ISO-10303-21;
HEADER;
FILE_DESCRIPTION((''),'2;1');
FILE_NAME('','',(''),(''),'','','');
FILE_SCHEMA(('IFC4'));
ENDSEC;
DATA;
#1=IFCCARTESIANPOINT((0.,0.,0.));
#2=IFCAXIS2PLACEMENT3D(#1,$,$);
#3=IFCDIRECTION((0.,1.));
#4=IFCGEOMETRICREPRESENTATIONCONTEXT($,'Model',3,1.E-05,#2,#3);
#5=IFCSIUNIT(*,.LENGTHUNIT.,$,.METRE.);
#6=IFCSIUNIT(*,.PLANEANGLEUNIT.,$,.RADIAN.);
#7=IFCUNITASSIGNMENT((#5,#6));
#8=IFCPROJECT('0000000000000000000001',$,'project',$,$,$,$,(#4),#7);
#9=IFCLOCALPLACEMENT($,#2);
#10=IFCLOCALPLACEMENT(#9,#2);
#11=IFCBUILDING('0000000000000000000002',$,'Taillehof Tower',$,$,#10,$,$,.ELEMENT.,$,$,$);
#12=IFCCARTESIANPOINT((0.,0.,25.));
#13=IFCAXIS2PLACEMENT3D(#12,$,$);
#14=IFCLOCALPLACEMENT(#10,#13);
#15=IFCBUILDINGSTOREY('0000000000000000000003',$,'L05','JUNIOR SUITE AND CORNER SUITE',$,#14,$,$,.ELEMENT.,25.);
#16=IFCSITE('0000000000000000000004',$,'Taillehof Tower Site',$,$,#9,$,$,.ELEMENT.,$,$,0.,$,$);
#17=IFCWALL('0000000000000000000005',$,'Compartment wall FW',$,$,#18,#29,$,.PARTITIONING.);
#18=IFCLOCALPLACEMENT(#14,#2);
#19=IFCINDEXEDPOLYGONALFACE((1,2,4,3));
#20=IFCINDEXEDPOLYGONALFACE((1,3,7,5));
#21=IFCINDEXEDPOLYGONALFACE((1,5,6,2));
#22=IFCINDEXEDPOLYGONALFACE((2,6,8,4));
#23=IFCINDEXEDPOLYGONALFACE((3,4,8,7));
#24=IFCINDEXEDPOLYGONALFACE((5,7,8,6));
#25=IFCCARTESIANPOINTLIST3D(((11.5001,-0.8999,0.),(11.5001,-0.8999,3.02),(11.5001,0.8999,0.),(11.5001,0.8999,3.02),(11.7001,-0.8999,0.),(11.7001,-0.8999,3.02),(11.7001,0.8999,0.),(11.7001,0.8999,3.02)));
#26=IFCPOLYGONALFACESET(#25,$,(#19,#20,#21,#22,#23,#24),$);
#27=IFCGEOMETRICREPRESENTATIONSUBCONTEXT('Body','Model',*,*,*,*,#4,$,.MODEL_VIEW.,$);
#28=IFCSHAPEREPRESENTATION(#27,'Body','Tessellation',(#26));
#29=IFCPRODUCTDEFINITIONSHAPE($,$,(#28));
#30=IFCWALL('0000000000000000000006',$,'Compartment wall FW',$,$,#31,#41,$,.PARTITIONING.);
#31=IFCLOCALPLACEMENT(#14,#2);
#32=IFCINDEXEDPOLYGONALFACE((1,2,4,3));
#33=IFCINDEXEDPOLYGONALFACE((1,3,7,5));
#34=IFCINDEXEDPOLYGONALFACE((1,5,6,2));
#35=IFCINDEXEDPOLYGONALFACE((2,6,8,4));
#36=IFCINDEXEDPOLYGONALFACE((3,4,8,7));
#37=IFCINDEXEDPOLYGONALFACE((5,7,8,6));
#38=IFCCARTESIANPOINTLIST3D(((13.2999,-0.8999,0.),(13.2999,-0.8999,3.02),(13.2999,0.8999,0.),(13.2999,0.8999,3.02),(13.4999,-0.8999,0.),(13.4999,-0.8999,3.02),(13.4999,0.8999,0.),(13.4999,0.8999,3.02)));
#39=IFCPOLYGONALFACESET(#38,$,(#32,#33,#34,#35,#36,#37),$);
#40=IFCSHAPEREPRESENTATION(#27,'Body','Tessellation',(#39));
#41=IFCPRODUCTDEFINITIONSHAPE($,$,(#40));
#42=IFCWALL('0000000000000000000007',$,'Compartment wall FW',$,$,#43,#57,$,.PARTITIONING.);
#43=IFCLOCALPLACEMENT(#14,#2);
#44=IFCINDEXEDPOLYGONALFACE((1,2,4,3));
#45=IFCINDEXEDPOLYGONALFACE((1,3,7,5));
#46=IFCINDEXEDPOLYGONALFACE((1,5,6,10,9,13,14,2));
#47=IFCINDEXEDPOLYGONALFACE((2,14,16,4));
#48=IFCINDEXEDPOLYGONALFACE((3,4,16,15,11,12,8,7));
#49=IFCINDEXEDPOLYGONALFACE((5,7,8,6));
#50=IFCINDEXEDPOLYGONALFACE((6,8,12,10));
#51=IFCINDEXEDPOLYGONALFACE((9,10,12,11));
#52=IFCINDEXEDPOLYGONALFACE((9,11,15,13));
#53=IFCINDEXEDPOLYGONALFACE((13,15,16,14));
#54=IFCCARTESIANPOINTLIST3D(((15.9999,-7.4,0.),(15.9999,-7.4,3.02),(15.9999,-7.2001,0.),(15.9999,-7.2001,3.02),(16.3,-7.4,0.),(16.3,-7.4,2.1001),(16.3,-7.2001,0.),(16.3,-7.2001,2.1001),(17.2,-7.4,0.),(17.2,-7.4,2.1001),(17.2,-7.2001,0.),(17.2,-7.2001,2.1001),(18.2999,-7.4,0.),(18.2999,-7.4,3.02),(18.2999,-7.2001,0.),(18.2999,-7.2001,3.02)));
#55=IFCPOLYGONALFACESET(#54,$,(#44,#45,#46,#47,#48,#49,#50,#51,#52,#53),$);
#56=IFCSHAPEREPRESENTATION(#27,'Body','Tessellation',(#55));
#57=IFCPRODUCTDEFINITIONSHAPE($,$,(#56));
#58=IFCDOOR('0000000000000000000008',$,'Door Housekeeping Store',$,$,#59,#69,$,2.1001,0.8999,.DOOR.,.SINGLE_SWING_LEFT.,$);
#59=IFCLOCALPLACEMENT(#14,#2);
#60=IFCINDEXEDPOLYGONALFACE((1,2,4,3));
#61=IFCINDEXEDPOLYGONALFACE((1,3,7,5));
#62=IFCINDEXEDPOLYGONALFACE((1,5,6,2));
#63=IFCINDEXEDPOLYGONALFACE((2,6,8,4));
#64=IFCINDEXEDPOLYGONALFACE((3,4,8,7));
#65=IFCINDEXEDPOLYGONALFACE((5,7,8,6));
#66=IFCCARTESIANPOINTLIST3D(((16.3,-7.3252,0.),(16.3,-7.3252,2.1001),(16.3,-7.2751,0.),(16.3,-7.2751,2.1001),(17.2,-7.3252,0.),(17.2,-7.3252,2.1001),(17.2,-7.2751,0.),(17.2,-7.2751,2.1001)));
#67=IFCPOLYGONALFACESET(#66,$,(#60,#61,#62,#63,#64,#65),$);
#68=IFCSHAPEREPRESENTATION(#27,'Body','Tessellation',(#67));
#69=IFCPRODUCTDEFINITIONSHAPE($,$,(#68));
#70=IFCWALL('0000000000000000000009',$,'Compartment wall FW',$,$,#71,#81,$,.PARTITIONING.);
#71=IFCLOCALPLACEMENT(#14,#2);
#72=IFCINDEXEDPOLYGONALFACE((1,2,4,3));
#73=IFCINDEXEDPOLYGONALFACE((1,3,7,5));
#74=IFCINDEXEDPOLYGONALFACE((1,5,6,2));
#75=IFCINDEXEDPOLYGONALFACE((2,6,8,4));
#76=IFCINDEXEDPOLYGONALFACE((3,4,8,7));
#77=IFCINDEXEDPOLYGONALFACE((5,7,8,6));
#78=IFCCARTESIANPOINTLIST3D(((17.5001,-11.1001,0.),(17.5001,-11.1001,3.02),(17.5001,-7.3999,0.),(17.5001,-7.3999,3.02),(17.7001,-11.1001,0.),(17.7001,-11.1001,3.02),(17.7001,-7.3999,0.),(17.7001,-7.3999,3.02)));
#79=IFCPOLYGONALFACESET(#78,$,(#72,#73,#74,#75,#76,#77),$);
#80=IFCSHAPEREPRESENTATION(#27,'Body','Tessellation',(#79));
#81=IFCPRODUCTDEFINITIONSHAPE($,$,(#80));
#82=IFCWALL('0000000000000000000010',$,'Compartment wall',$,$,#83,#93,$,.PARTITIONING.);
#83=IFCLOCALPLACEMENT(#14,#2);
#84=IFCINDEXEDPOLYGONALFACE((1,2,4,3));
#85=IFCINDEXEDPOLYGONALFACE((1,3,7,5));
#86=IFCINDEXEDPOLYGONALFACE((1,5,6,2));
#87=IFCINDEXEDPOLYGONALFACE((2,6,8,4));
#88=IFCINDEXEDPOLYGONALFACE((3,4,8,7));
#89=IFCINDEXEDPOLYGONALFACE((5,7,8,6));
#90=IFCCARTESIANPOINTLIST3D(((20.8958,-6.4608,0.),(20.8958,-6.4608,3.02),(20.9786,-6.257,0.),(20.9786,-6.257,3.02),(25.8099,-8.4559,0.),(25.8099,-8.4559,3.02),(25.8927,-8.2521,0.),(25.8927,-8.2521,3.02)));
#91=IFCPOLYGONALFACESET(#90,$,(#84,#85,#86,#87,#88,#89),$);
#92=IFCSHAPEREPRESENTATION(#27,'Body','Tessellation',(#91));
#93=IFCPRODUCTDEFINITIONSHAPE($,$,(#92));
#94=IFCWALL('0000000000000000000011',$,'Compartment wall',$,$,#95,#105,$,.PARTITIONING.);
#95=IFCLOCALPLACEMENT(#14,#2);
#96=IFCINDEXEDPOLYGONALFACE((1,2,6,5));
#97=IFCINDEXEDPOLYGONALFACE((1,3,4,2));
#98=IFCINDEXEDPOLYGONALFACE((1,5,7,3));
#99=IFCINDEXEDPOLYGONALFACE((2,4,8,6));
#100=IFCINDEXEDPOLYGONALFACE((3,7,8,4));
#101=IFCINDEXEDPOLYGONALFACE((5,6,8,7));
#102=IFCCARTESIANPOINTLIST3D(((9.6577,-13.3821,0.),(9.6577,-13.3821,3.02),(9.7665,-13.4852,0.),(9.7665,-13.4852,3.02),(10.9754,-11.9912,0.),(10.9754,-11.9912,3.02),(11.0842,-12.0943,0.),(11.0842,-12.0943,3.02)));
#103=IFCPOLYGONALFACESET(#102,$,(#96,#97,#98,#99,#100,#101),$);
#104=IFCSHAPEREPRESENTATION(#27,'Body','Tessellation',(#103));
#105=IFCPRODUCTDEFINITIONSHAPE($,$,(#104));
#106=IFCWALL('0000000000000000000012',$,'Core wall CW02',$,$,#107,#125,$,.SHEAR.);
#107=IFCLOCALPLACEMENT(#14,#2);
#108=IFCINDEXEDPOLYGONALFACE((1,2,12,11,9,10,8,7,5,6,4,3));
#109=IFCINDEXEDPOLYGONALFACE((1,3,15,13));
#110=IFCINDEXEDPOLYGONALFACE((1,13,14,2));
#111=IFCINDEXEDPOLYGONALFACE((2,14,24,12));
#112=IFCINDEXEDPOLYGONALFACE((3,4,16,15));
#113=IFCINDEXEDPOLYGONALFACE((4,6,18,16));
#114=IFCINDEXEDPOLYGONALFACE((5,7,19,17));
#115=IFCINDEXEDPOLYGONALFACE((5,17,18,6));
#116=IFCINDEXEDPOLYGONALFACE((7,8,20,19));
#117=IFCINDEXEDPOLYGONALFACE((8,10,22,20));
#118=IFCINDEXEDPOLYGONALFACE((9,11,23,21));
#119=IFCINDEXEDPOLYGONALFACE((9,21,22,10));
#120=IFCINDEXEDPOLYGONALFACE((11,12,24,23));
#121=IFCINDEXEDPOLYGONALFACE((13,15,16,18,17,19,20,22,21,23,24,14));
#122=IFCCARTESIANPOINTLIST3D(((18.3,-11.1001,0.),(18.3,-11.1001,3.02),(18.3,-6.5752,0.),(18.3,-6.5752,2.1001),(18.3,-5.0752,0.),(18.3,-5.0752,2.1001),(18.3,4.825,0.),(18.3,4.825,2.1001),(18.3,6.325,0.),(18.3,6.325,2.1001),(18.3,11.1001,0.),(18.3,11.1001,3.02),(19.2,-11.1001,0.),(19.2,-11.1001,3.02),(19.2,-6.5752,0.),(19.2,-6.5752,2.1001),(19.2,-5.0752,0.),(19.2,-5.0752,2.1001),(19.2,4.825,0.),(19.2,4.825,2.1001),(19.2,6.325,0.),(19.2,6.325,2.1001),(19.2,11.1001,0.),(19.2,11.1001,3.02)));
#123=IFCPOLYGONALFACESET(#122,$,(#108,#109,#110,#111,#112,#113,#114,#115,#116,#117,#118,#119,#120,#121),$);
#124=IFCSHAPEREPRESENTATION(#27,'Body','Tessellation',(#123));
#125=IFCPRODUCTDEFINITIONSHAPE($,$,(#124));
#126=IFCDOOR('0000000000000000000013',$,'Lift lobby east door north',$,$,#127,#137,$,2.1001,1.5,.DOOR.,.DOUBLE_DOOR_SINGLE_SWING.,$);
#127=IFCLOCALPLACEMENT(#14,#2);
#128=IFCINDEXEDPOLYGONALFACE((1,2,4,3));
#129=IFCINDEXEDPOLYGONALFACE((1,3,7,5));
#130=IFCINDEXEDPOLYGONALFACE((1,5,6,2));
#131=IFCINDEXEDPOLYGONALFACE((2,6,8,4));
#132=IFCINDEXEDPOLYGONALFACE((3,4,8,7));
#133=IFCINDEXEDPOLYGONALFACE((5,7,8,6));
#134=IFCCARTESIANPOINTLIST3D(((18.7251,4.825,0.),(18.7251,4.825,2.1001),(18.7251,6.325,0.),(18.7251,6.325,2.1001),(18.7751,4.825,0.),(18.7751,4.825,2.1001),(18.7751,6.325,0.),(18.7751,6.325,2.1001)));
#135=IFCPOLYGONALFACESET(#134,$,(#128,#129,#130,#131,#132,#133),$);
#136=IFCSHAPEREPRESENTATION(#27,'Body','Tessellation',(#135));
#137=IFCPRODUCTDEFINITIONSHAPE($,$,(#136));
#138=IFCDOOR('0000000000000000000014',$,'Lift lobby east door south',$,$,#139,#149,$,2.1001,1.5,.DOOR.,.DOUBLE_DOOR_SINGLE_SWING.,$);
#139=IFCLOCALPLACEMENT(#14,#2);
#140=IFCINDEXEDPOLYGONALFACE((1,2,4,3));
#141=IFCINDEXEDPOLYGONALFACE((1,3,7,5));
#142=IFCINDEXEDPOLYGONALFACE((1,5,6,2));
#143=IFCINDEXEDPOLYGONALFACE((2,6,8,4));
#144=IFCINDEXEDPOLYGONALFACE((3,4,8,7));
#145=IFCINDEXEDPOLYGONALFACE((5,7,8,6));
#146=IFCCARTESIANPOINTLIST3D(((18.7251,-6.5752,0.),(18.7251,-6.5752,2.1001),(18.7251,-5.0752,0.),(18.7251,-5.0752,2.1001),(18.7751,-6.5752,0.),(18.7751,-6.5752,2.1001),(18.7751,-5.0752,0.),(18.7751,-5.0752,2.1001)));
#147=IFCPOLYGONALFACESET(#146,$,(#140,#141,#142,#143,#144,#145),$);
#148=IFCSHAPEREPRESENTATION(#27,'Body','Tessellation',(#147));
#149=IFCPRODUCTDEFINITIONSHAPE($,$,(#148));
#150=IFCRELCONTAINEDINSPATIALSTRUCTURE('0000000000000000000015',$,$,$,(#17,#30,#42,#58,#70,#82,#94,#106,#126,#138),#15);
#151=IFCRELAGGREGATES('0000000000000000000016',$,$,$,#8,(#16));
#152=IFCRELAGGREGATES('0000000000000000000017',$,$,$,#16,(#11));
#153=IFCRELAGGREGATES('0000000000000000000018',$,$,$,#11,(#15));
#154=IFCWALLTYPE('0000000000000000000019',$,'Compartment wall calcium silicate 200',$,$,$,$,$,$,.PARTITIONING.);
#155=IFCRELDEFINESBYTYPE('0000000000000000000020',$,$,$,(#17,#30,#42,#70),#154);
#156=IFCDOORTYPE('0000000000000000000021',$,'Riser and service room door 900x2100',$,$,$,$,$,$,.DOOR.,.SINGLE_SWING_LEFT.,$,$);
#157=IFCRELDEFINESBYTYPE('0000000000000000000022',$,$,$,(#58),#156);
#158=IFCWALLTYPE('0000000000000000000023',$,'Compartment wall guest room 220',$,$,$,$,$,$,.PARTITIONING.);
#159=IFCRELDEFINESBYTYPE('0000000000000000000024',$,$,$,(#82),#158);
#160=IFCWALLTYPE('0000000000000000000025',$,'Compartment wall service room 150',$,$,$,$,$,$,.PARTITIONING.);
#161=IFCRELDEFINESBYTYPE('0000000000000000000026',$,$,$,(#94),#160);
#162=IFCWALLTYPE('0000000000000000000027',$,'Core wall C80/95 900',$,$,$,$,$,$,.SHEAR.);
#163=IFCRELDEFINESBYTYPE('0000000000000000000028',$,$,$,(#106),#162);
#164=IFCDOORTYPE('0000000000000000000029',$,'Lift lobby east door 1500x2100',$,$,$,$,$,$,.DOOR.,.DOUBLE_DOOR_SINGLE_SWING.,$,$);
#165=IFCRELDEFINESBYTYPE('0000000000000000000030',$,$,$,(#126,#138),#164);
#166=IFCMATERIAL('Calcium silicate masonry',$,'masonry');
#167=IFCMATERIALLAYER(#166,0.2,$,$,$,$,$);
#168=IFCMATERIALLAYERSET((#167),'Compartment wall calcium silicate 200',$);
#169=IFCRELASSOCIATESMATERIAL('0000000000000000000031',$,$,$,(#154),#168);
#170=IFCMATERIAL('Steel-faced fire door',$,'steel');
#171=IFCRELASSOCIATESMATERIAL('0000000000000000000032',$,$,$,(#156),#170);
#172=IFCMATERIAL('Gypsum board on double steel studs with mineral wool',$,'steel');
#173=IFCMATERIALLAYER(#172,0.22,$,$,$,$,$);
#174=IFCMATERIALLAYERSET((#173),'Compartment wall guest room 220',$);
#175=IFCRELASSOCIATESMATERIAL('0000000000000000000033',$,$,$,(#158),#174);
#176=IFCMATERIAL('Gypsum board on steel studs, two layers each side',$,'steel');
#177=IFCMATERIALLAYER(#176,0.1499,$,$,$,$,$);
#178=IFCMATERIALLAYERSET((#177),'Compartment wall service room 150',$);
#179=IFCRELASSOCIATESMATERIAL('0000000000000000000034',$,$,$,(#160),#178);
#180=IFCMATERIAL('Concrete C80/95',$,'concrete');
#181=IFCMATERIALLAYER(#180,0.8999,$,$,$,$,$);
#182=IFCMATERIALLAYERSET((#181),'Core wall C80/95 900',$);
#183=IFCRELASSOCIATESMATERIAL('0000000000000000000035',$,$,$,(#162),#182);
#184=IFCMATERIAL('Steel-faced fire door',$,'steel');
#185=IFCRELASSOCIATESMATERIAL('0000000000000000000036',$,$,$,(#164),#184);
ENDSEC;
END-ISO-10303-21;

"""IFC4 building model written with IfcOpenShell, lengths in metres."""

from ifc_helpers import new_model, si_unit, direction, frame, frame_2d, origin, place, context, subcontext, project, spatial, rectangle, extrude, material, layer, layer_set, type_object, element, fill, save


model = new_model("IFC4")

# Units and contexts
model_context = context("Model", 3, precision=1e-05, world=origin(), true_north=direction((0.0, 1.0)))
body_context = subcontext(model_context, "Body", "Model", "MODEL_VIEW")
ifc_project = project(units=[si_unit("LENGTHUNIT", "METRE"), si_unit("PLANEANGLEUNIT", "RADIAN")], contexts=[model_context])

# Site, building, storey
site_placement = place(None, origin())
site = spatial("IfcSite", under=ifc_project, at=site_placement, Name="Taillehof Tower Site", CompositionType="ELEMENT", RefElevation=0.0)
building_placement = place(site_placement, origin())
building = spatial("IfcBuilding", under=site, at=building_placement, Name="Taillehof Tower", CompositionType="ELEMENT")
storey_placement = place(building_placement, frame((0.0, 0.0, 25.0)))
storey = spatial("IfcBuildingStorey", under=building, at=storey_placement, Name="L05", Description="JUNIOR SUITE AND CORNER SUITE", CompositionType="ELEMENT", Elevation=25.0)

# Walls
ifc_material_1 = material(Name="Calcium silicate masonry", Category="masonry")
ifc_layer_1 = layer(ifc_material_1, 0.2)
ifc_layer_set_1 = layer_set([ifc_layer_1], Name="Compartment wall calcium silicate 200")
wall_type_1 = type_object("IfcWallType", Name="Compartment wall calcium silicate 200", PredefinedType="PARTITIONING", material=ifc_layer_set_1)
for number, where, z_axis, x_axis, name in (
    (1, (11.6001, -0.8999, 0.0), (0.0, 0.0, 1.0), (0.0, 1.0, 0.0), "Compartment wall FW"),
    (2, (13.3999, -0.8999, 0.0), (0.0, 0.0, 1.0), (0.0, 1.0, 0.0), "Compartment wall FW"),
):
    element("IfcWall", number, at=place(storey_placement, frame(where, z_axis=z_axis, x_axis=x_axis)), inside=storey, type_object=wall_type_1, Name=name, PredefinedType="PARTITIONING", context=body_context, shape_type="SweptSolid", body=[
        extrude(rectangle(XDim=1.7998, YDim=0.2, at=frame_2d((0.8999, 0.0))), origin(), (0.0, 0.0, 1.0), 3.02),
    ])

# Wall, opening, door
wall_1_placement = place(storey_placement, frame((16.0, -7.3, 0.0), z_axis=(0.0, 0.0, 1.0), x_axis=(1.0, 0.0, 0.0)))
wall_1 = element("IfcWall", 3, at=wall_1_placement, inside=storey, type_object=wall_type_1, Name="Compartment wall FW", PredefinedType="PARTITIONING", context=body_context, shape_type="SweptSolid", body=[
    extrude(rectangle(XDim=2.3, YDim=0.2, at=frame_2d((1.1499, 0.0))), origin(), (0.0, 0.0, 1.0), 3.02),
])
opening_1_placement = place(wall_1_placement, frame((0.3, 0.0, 0.0)))
opening_1 = element("IfcOpeningElement", 4, at=opening_1_placement, cuts=wall_1, PredefinedType="OPENING", context=body_context, shape_type="SweptSolid", body=[
    extrude(rectangle(XDim=0.8999, YDim=2.1001, at=frame_2d((0.45, 1.05))), frame((0.0, 0.1099, 0.0), z_axis=(0.0, -1.0, 0.0), x_axis=(1.0, 0.0, 0.0)), (0.0, 0.0, 1.0), 0.22),
])
ifc_material_2 = material(Name="Steel-faced fire door", Category="steel")
door_type_1 = type_object("IfcDoorType", Name="Riser and service room door 900x2100", OperationType="SINGLE_SWING_LEFT", PredefinedType="DOOR", material=ifc_material_2)
door_1_placement = place(opening_1_placement, origin())
door_1 = element("IfcDoor", 5, at=door_1_placement, inside=storey, type_object=door_type_1, Name="Door Housekeeping Store", OperationType="SINGLE_SWING_LEFT", OverallHeight=2.1001, OverallWidth=0.8999, PredefinedType="DOOR", context=body_context, shape_type="SweptSolid", body=[
    extrude(rectangle(XDim=0.8999, YDim=2.1001, at=frame_2d((0.45, 1.05))), frame((0.0, 0.0249, 0.0), z_axis=(0.0, -1.0, 0.0), x_axis=(1.0, 0.0, 0.0)), (0.0, 0.0, 1.0), 0.05),
])
fill(opening_1, door_1)

# Walls
wall_2_placement = place(storey_placement, frame((17.6001, -11.1001, 0.0), z_axis=(0.0, 0.0, 1.0), x_axis=(0.0, 1.0, 0.0)))
element("IfcWall", 6, at=wall_2_placement, inside=storey, type_object=wall_type_1, Name="Compartment wall FW", PredefinedType="PARTITIONING", context=body_context, shape_type="SweptSolid", body=[
    extrude(rectangle(XDim=3.7002, YDim=0.2, at=frame_2d((1.8501, 0.0))), origin(), (0.0, 0.0, 1.0), 3.02),
])
ifc_material_3 = material(Name="Gypsum board on double steel studs with mineral wool", Category="steel")
ifc_layer_2 = layer(ifc_material_3, 0.22)
ifc_layer_set_2 = layer_set([ifc_layer_2], Name="Compartment wall guest room 220")
wall_type_2 = type_object("IfcWallType", Name="Compartment wall guest room 220", PredefinedType="PARTITIONING", material=ifc_layer_set_2)
wall_3_placement = place(storey_placement, frame((25.8513, -8.354, 0.0), z_axis=(0.0, 0.0, 1.0), x_axis=(-0.926547, 0.376179, 0.0)))
element("IfcWall", 7, at=wall_3_placement, inside=storey, type_object=wall_type_2, Name="Compartment wall", PredefinedType="PARTITIONING", context=body_context, shape_type="SweptSolid", body=[
    extrude(rectangle(XDim=5.3037, YDim=0.22, at=frame_2d((2.6519, 0.0))), origin(), (0.0, 0.0, 1.0), 3.02),
])
ifc_material_4 = material(Name="Gypsum board on steel studs, two layers each side", Category="steel")
ifc_layer_3 = layer(ifc_material_4, 0.1499)
ifc_layer_set_3 = layer_set([ifc_layer_3], Name="Compartment wall service room 150")
wall_type_3 = type_object("IfcWallType", Name="Compartment wall service room 150", PredefinedType="PARTITIONING", material=ifc_layer_set_3)
wall_4_placement = place(storey_placement, frame((11.0298, -12.0427, 0.0), z_axis=(0.0, 0.0, 1.0), x_axis=(-0.687734, -0.725963, 0.0)))
element("IfcWall", 8, at=wall_4_placement, inside=storey, type_object=wall_type_3, Name="Compartment wall", PredefinedType="PARTITIONING", context=body_context, shape_type="SweptSolid", body=[
    extrude(rectangle(XDim=1.916, YDim=0.1499, at=frame_2d((0.958, 0.0))), origin(), (0.0, 0.0, 1.0), 3.02),
])

# Wall, openings, doors
ifc_material_5 = material(Name="Concrete C80/95", Category="concrete")
ifc_layer_4 = layer(ifc_material_5, 0.8999)
ifc_layer_set_4 = layer_set([ifc_layer_4], Name="Core wall C80/95 900")
wall_type_4 = type_object("IfcWallType", Name="Core wall C80/95 900", PredefinedType="SHEAR", material=ifc_layer_set_4)
wall_5_placement = place(storey_placement, frame((18.75, -11.1001, 0.0), z_axis=(0.0, 0.0, 1.0), x_axis=(0.0, 1.0, 0.0)))
wall_5 = element("IfcWall", 9, at=wall_5_placement, inside=storey, type_object=wall_type_4, Name="Core wall CW02", PredefinedType="SHEAR", context=body_context, shape_type="SweptSolid", body=[
    extrude(rectangle(XDim=22.2002, YDim=0.8999, at=frame_2d((11.1001, 0.0))), origin(), (0.0, 0.0, 1.0), 3.02),
])
opening_2_placement = place(wall_5_placement, frame((15.925, 0.0, 0.0)))
opening_2 = element("IfcOpeningElement", 10, at=opening_2_placement, cuts=wall_5, PredefinedType="OPENING", context=body_context, shape_type="SweptSolid", body=[
    extrude(rectangle(XDim=1.5, YDim=2.1001, at=frame_2d((0.75, 1.05))), frame((0.0, 0.46, 0.0), z_axis=(0.0, -1.0, 0.0), x_axis=(1.0, 0.0, 0.0)), (0.0, 0.0, 1.0), 0.9199),
])
opening_3_placement = place(wall_5_placement, frame((4.5249, 0.0, 0.0)))
opening_3 = element("IfcOpeningElement", 11, at=opening_3_placement, cuts=wall_5, PredefinedType="OPENING", context=body_context, shape_type="SweptSolid", body=[
    extrude(rectangle(XDim=1.5, YDim=2.1001, at=frame_2d((0.75, 1.05))), frame((0.0, 0.46, 0.0), z_axis=(0.0, -1.0, 0.0), x_axis=(1.0, 0.0, 0.0)), (0.0, 0.0, 1.0), 0.9199),
])
ifc_material_6 = material(Name="Steel-faced fire door", Category="steel")
door_type_2 = type_object("IfcDoorType", Name="Lift lobby east door 1500x2100", OperationType="DOUBLE_DOOR_SINGLE_SWING", PredefinedType="DOOR", material=ifc_material_6)
door_2_placement = place(opening_2_placement, origin())
door_2 = element("IfcDoor", 12, at=door_2_placement, inside=storey, type_object=door_type_2, Name="Lift lobby east door north", OperationType="DOUBLE_DOOR_SINGLE_SWING", OverallHeight=2.1001, OverallWidth=1.5, PredefinedType="DOOR", context=body_context, shape_type="SweptSolid", body=[
    extrude(rectangle(XDim=1.5, YDim=2.1001, at=frame_2d((0.75, 1.05))), frame((0.0, 0.0249, 0.0), z_axis=(0.0, -1.0, 0.0), x_axis=(1.0, 0.0, 0.0)), (0.0, 0.0, 1.0), 0.05),
])
fill(opening_2, door_2)
door_3_placement = place(opening_3_placement, origin())
door_3 = element("IfcDoor", 13, at=door_3_placement, inside=storey, type_object=door_type_2, Name="Lift lobby east door south", OperationType="DOUBLE_DOOR_SINGLE_SWING", OverallHeight=2.1001, OverallWidth=1.5, PredefinedType="DOOR", context=body_context, shape_type="SweptSolid", body=[
    extrude(rectangle(XDim=1.5, YDim=2.1001, at=frame_2d((0.75, 1.05))), frame((0.0, 0.0249, 0.0), z_axis=(0.0, -1.0, 0.0), x_axis=(1.0, 0.0, 0.0)), (0.0, 0.0, 1.0), 0.05),
])
fill(opening_3, door_3)

save(model, "model.ifc")
